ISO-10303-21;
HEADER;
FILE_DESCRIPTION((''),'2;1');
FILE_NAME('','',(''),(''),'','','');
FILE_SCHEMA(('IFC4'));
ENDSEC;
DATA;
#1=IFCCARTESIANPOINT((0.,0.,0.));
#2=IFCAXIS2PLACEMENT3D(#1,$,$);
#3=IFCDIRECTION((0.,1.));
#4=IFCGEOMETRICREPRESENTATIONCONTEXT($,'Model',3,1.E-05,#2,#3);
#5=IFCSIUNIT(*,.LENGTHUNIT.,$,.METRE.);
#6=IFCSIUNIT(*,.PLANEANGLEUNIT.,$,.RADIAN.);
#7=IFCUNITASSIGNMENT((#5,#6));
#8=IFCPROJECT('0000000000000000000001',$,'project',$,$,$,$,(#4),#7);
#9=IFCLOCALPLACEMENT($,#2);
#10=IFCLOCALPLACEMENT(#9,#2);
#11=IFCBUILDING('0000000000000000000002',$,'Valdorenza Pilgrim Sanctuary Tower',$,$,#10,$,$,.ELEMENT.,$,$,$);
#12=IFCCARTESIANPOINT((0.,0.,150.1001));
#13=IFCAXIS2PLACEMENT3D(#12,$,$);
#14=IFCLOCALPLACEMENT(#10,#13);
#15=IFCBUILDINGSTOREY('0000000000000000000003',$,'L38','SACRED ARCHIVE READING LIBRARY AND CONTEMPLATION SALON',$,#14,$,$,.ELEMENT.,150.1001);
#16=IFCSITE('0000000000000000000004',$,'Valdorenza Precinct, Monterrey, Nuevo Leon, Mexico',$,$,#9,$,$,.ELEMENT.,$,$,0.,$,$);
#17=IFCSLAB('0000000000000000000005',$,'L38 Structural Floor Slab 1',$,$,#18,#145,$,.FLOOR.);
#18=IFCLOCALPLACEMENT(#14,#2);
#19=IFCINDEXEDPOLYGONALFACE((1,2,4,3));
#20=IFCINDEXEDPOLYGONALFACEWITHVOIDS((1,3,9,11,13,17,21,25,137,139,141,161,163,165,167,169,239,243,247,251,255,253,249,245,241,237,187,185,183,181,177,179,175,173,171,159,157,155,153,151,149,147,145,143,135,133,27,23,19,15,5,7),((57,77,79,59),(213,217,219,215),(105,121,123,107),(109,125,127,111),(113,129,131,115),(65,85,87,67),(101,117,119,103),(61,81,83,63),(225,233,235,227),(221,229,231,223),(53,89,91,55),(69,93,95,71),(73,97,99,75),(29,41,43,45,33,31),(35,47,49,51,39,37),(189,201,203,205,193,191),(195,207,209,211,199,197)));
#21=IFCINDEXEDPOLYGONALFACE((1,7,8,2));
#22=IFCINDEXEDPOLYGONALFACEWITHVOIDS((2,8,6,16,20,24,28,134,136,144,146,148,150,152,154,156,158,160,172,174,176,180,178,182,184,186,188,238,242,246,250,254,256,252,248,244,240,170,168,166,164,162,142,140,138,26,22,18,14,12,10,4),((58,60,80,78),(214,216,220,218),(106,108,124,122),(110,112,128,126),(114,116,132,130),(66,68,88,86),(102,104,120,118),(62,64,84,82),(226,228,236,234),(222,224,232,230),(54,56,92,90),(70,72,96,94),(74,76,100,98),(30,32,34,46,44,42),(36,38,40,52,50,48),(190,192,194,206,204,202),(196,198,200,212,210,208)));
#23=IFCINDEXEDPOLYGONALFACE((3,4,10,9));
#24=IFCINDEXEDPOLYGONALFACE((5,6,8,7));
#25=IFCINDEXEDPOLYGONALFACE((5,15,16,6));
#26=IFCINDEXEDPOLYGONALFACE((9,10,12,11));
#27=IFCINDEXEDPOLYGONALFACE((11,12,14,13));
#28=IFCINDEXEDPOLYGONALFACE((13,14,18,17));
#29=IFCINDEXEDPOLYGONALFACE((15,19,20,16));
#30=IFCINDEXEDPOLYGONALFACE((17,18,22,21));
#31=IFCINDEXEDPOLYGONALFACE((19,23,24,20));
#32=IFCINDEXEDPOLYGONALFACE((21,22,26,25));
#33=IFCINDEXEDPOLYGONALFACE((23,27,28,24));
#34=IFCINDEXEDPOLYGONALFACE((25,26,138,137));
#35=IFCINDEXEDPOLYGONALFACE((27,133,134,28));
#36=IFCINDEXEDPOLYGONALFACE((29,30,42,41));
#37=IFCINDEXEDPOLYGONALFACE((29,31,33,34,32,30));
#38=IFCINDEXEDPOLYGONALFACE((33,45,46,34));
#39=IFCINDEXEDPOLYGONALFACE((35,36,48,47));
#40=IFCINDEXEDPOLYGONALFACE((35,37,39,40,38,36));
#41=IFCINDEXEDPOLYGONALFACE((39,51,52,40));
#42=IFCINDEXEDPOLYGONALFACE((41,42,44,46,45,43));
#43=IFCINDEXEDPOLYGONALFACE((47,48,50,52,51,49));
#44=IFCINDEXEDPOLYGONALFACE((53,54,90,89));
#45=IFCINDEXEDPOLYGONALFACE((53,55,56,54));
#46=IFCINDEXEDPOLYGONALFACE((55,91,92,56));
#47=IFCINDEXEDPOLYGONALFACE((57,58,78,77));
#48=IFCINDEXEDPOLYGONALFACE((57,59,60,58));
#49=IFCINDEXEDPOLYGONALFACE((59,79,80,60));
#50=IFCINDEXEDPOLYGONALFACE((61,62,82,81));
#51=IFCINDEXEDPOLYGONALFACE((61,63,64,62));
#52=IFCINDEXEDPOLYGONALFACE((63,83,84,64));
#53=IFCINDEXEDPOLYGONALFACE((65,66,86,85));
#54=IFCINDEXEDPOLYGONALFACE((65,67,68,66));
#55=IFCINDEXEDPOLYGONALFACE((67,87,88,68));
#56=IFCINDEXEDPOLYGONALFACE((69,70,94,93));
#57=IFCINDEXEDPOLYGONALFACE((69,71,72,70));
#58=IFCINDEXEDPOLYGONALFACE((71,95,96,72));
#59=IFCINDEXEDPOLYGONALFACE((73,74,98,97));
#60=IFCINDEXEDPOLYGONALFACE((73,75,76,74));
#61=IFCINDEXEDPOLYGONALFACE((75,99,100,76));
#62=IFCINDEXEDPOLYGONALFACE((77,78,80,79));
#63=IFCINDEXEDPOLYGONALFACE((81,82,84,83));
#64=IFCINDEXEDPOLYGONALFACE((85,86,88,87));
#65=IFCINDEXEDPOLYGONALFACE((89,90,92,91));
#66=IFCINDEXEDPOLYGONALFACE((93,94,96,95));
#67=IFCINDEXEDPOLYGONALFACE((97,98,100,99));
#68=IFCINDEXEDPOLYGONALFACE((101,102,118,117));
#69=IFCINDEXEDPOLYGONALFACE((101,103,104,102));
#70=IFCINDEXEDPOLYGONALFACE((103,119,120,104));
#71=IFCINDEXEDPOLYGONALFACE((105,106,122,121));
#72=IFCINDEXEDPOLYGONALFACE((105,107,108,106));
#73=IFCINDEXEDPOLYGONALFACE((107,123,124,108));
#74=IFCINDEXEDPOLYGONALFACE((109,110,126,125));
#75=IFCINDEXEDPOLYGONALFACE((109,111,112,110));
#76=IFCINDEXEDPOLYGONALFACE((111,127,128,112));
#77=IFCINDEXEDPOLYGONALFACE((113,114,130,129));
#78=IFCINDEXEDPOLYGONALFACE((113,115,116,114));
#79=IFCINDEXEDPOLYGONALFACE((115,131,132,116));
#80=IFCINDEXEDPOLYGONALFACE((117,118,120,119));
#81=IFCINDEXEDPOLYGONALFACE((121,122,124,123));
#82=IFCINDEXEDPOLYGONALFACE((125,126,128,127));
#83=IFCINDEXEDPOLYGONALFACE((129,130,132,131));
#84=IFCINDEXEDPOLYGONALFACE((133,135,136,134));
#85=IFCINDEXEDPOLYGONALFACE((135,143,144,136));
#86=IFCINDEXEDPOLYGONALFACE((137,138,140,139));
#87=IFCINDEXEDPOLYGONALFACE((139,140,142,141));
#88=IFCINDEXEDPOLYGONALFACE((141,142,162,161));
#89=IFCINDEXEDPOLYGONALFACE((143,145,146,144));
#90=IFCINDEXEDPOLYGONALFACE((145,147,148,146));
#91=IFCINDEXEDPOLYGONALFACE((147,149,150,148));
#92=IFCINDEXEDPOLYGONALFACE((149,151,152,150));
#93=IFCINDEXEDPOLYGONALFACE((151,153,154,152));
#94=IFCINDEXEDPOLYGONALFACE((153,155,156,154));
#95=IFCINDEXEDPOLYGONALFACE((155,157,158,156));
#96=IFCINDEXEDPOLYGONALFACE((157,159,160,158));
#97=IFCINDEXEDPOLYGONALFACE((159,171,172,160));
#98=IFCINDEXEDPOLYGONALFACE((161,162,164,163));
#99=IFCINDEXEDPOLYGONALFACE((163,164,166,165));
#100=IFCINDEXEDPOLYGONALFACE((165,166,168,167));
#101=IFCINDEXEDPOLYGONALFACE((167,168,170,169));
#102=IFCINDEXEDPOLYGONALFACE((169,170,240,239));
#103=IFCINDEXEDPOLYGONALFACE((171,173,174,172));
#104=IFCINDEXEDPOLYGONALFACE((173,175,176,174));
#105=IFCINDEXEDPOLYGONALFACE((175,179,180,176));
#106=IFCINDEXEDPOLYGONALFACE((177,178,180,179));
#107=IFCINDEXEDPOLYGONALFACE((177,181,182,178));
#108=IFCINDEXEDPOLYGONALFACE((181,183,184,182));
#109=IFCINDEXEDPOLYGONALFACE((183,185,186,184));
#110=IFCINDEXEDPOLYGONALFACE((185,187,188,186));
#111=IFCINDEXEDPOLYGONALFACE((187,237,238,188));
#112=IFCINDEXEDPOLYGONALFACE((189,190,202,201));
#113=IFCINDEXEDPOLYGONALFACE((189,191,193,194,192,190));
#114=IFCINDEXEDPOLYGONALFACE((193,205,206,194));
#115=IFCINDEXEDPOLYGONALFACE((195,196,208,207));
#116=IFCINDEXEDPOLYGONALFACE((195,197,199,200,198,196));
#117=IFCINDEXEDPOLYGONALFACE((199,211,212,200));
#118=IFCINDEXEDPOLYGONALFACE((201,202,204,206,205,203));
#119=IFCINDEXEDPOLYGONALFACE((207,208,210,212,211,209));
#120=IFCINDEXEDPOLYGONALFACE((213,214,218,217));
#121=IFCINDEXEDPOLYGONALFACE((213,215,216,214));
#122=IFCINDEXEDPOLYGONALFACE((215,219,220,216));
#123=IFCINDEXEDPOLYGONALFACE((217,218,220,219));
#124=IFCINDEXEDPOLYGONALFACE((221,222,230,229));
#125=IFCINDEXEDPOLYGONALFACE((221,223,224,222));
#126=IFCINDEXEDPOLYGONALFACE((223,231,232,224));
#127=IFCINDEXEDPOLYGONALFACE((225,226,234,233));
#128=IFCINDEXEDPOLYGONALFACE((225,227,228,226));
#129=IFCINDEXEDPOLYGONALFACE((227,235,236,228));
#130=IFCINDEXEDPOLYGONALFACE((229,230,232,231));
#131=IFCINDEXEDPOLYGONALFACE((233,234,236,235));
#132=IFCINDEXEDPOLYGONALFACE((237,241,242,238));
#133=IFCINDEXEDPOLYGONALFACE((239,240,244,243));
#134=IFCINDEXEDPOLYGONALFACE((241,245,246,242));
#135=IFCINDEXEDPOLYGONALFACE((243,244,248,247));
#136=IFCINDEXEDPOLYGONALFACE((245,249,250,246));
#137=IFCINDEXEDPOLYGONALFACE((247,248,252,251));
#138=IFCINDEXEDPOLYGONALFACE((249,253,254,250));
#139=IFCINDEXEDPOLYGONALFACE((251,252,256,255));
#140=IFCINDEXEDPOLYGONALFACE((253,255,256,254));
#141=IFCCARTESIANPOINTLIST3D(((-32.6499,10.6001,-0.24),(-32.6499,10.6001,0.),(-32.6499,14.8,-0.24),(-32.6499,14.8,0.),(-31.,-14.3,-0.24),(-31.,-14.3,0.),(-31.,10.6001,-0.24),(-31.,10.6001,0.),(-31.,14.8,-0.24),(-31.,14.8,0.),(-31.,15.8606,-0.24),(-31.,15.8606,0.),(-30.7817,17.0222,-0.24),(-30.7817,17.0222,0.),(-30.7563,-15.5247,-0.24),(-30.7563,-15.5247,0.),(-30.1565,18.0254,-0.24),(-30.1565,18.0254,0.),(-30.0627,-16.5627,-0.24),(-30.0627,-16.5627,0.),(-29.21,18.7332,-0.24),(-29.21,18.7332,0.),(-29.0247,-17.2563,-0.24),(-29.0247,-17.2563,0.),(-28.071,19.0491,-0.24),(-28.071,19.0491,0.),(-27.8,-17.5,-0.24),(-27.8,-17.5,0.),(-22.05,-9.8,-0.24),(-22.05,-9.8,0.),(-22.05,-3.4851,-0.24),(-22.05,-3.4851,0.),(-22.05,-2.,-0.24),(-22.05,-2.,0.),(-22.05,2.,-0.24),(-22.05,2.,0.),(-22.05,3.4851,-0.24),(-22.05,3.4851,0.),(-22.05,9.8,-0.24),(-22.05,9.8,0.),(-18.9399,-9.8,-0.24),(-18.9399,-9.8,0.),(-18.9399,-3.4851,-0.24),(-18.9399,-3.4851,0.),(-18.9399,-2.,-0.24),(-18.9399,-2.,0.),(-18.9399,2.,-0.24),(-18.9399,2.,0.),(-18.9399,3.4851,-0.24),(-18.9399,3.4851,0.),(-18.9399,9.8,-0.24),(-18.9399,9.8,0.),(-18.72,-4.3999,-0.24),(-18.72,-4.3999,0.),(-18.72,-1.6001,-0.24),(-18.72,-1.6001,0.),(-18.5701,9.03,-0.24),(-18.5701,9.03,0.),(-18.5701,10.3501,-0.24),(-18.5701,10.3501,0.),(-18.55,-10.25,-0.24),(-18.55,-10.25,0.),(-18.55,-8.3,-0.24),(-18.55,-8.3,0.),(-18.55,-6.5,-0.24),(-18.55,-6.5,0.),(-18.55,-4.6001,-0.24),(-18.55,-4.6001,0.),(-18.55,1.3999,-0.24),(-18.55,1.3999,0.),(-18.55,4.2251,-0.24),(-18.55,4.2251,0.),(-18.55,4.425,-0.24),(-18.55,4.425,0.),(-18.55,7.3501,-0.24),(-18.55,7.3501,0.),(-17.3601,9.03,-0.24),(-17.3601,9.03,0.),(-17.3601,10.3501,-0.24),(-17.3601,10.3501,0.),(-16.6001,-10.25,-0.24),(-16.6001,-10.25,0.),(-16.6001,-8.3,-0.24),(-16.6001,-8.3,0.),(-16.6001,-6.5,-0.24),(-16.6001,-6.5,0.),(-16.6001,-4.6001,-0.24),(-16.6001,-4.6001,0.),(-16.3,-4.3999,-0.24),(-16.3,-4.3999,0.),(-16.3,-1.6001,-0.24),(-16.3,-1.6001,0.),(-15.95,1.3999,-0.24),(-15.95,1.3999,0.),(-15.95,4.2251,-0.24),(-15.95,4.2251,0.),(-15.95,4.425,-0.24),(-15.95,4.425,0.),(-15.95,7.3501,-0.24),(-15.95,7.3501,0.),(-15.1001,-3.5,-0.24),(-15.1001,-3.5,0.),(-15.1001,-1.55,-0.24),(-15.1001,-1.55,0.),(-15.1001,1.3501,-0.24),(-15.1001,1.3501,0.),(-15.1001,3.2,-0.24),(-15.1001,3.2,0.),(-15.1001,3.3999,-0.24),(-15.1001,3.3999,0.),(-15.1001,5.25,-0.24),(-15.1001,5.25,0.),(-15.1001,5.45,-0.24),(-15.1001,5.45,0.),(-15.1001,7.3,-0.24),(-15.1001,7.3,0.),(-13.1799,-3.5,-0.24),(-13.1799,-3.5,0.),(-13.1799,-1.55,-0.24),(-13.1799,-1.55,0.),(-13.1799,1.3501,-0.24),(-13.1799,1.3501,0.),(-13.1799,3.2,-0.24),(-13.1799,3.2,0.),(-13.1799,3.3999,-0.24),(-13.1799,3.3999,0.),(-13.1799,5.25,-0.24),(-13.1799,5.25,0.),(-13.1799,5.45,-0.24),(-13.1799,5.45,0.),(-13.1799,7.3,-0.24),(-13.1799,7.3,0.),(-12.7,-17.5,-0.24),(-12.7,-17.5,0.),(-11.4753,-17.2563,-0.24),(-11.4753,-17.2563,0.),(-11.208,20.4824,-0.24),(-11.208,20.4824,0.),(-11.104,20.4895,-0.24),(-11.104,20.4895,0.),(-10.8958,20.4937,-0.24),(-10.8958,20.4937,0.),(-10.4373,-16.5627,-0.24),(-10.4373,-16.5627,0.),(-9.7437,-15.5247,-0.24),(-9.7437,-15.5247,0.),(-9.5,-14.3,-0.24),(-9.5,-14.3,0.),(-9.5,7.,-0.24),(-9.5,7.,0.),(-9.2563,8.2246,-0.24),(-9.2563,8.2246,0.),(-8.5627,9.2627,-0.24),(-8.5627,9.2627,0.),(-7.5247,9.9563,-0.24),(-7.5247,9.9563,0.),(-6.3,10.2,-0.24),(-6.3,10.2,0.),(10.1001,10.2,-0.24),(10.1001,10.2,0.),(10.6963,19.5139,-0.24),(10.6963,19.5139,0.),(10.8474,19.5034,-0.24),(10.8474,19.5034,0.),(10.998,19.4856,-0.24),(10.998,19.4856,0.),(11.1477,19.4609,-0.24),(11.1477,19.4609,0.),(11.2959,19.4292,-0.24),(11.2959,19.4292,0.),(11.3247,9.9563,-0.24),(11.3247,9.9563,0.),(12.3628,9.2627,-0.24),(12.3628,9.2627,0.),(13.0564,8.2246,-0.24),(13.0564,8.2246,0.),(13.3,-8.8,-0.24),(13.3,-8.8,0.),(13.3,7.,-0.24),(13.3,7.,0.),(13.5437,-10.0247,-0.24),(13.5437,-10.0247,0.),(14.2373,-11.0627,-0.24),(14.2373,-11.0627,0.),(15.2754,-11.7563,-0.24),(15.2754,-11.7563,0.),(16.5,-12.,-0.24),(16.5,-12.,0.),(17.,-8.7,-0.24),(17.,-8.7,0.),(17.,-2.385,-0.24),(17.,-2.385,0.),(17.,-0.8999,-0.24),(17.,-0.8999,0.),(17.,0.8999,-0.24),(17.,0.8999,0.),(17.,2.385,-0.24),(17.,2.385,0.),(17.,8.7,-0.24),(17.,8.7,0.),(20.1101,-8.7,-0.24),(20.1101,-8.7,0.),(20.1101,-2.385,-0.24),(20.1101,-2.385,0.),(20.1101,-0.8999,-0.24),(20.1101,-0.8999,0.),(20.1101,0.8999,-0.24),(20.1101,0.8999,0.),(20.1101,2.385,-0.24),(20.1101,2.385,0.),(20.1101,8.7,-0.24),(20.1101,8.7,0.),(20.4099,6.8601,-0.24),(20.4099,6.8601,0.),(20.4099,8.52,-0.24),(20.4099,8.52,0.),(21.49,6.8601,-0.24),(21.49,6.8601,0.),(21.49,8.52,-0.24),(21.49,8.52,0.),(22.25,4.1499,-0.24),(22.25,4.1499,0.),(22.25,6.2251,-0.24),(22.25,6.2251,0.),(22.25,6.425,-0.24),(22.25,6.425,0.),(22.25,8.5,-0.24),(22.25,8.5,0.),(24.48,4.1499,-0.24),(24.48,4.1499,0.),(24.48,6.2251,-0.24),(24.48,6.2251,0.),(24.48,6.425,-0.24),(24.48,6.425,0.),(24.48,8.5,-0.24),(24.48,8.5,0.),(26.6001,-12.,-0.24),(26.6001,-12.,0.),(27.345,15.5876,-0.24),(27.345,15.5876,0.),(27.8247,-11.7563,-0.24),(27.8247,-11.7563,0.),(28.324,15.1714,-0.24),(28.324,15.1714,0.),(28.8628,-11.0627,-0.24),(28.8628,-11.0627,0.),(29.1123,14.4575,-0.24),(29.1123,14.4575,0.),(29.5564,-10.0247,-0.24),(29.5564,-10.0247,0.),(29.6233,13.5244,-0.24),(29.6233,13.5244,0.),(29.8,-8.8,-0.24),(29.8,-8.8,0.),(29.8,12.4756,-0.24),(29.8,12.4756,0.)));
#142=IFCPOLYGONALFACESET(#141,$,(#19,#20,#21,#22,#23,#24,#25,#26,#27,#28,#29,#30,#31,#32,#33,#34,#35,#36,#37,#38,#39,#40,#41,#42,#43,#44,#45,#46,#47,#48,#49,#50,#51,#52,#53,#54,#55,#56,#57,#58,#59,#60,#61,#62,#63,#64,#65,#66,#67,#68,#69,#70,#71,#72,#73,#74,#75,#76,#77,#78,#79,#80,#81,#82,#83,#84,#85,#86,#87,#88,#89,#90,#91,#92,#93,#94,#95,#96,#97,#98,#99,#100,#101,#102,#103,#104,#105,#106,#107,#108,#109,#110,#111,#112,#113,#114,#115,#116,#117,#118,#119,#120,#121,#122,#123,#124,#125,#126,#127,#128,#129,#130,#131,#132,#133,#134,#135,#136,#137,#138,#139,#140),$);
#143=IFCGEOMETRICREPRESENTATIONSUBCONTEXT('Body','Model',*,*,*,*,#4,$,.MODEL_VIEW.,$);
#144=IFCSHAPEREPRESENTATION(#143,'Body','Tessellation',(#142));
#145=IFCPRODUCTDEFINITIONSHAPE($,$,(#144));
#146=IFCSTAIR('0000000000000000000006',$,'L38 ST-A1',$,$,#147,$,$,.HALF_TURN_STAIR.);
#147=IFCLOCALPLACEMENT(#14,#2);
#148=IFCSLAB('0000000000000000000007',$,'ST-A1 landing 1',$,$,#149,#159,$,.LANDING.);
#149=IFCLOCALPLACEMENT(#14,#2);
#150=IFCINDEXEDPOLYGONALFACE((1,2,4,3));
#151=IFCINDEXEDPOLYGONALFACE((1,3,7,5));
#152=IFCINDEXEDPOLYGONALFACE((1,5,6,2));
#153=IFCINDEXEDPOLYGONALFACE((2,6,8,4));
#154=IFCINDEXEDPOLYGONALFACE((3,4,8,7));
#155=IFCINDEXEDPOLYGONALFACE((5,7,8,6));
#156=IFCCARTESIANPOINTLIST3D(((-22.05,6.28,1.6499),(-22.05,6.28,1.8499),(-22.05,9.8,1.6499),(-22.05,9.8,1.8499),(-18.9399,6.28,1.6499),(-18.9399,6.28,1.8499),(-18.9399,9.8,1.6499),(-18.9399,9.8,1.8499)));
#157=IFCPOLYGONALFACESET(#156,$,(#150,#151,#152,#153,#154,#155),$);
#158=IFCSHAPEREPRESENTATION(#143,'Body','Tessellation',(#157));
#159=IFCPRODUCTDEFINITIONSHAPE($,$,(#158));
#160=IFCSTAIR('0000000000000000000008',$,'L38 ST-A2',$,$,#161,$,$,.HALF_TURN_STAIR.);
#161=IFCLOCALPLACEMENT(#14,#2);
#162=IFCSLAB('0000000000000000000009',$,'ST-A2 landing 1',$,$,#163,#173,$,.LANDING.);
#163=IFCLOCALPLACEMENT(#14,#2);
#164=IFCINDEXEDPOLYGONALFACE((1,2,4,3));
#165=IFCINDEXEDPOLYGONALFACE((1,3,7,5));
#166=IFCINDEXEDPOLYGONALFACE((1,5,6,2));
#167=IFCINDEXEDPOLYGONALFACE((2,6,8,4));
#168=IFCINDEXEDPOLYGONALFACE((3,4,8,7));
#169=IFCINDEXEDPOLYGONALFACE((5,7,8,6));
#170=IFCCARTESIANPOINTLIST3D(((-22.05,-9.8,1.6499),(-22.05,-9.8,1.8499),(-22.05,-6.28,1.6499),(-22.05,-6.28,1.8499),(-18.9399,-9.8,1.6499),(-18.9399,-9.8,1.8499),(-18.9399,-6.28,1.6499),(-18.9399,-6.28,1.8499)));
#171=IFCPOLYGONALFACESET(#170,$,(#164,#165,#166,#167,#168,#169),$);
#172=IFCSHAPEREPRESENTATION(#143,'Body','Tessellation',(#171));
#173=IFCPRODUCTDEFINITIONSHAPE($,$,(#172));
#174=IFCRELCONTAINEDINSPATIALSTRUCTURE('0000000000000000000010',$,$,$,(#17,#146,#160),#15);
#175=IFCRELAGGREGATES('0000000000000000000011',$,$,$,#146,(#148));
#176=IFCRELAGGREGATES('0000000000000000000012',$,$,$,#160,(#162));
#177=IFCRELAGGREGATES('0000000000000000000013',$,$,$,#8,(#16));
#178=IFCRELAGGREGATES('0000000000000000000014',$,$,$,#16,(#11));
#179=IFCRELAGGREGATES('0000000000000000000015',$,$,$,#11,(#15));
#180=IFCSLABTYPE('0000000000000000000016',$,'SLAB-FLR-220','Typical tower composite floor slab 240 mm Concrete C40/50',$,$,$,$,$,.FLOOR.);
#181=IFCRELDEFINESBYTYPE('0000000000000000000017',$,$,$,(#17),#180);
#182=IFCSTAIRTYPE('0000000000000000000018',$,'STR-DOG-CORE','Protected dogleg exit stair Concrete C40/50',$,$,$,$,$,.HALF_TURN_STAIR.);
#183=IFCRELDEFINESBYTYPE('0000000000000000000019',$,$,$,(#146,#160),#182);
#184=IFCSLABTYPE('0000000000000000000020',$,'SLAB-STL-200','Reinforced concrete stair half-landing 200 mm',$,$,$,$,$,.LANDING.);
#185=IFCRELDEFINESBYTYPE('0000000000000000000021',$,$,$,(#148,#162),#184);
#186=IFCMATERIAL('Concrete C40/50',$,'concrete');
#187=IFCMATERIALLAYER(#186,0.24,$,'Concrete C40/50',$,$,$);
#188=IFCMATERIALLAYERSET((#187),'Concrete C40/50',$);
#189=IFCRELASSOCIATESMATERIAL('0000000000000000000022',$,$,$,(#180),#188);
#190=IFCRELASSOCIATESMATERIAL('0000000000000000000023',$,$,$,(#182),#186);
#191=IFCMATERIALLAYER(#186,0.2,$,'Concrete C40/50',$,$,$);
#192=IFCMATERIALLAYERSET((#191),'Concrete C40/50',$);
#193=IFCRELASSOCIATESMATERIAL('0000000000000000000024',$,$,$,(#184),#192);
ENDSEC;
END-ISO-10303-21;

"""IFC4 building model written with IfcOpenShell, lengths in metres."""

from ifc_helpers import new_model, si_unit, direction, frame, origin, place, context, subcontext, project, spatial, polyline, outline, extrude, material, layer, layer_set, type_object, element, aggregate, save


model = new_model("IFC4")

# Units and contexts
model_context = context("Model", 3, precision=1e-05, world=origin(), true_north=direction((0.0, 1.0)))
body_context = subcontext(model_context, "Body", "Model", "MODEL_VIEW")
ifc_project = project(units=[si_unit("LENGTHUNIT", "METRE"), si_unit("PLANEANGLEUNIT", "RADIAN")], contexts=[model_context])

# Site, building, storey
site_placement = place(None, origin())
site = spatial("IfcSite", under=ifc_project, at=site_placement, Name="Valdorenza Precinct, Monterrey, Nuevo Leon, Mexico", CompositionType="ELEMENT", RefElevation=0.0)
building_placement = place(site_placement, origin())
building = spatial("IfcBuilding", under=site, at=building_placement, Name="Valdorenza Pilgrim Sanctuary Tower", CompositionType="ELEMENT")
storey_placement = place(building_placement, frame((0.0, 0.0, 150.1001)))
storey = spatial("IfcBuildingStorey", under=building, at=storey_placement, Name="L38", Description="SACRED ARCHIVE READING LIBRARY AND CONTEMPLATION SALON", CompositionType="ELEMENT", Elevation=150.1001)

# Slab
ifc_material_1 = material(Name="Concrete C40/50", Category="concrete")
ifc_layer_1 = layer(ifc_material_1, 0.24, Name="Concrete C40/50")
ifc_layer_set_1 = layer_set([ifc_layer_1], Name="Concrete C40/50")
slab_type_1 = type_object("IfcSlabType", Name="SLAB-FLR-220", Description="Typical tower composite floor slab 240 mm Concrete C40/50", PredefinedType="FLOOR", material=ifc_layer_set_1)
slab_1_placement = place(storey_placement, frame((0.0, 0.0, -0.24)))
element("IfcSlab", 1, at=slab_1_placement, inside=storey, type_object=slab_type_1, Name="L38 Structural Floor Slab 1", PredefinedType="FLOOR", context=body_context, shape_type="SweptSolid", body=[
    extrude(outline(polyline([(-30.7817, 17.0222), (-30.1565, 18.0254), (-29.21, 18.7332), (-28.071, 19.0491), (-11.208, 20.4824), (-11.104, 20.4895), (-10.8958, 20.4937), (10.6963, 19.5139), (10.8474, 19.5034), (10.998, 19.4856), (11.1477, 19.4609), (11.2959, 19.4292), (27.345, 15.5876), (28.324, 15.1714), (29.1123, 14.4575), (29.6233, 13.5244), (29.8, 12.4756), (29.8, -8.8), (29.5564, -10.0247), (28.8628, -11.0627), (27.8247, -11.7563), (26.6001, -12.0), (16.5, -12.0), (15.2754, -11.7563), (14.2373, -11.0627), (13.5437, -10.0247), (13.3, -8.8), (13.3, 7.0), (13.0564, 8.2246), (12.3628, 9.2627), (11.3247, 9.9563), (10.1001, 10.2), (-6.3, 10.2), (-7.5247, 9.9563), (-8.5627, 9.2627), (-9.2563, 8.2246), (-9.5, 7.0), (-9.5, -14.3), (-9.7437, -15.5247), (-10.4373, -16.5627), (-11.4753, -17.2563), (-12.7, -17.5), (-27.8, -17.5), (-29.0247, -17.2563), (-30.0627, -16.5627), (-30.7563, -15.5247), (-31.0, -14.3), (-31.0, 10.6001), (-32.6499, 10.6001), (-32.6499, 14.8), (-31.0, 14.8), (-31.0, 15.8606), (-30.7817, 17.0222)]), holes=[polyline([(-16.6001, -10.25), (-16.6001, -8.3), (-18.55, -8.3), (-18.55, -10.25), (-16.6001, -10.25)]), polyline([(-22.05, -9.8), (-18.9399, -9.8), (-18.9399, -3.4851), (-18.9399, -2.0), (-22.05, -2.0), (-22.05, -3.4851), (-22.05, -9.8)]), polyline([(-16.6001, -6.5), (-16.6001, -4.6001), (-18.55, -4.6001), (-18.55, -6.5), (-16.6001, -6.5)]), polyline([(-18.72, -4.3999), (-16.3, -4.3999), (-16.3, -1.6001), (-18.72, -1.6001), (-18.72, -4.3999)]), polyline([(-13.1799, 1.3501), (-13.1799, 3.2), (-15.1001, 3.2), (-15.1001, 1.3501), (-13.1799, 1.3501)]), polyline([(-22.05, 2.0), (-18.9399, 2.0), (-18.9399, 3.4851), (-18.9399, 9.8), (-22.05, 9.8), (-22.05, 3.4851), (-22.05, 2.0)]), polyline([(-15.95, 1.3999), (-15.95, 4.2251), (-18.55, 4.2251), (-18.55, 1.3999), (-15.95, 1.3999)]), polyline([(-18.55, 4.425), (-15.95, 4.425), (-15.95, 7.3501), (-18.55, 7.3501), (-18.55, 4.425)]), polyline([(-17.3601, 9.03), (-17.3601, 10.3501), (-18.5701, 10.3501), (-18.5701, 9.03), (-17.3601, 9.03)]), polyline([(17.0, -8.7), (20.1101, -8.7), (20.1101, -2.385), (20.1101, -0.8999), (17.0, -0.8999), (17.0, -2.385), (17.0, -8.7)]), polyline([(-13.1799, -3.5), (-13.1799, -1.55), (-15.1001, -1.55), (-15.1001, -3.5), (-13.1799, -3.5)]), polyline([(17.0, 0.8999), (20.1101, 0.8999), (20.1101, 2.385), (20.1101, 8.7), (17.0, 8.7), (17.0, 2.385), (17.0, 0.8999)]), polyline([(-13.1799, 3.3999), (-13.1799, 5.25), (-15.1001, 5.25), (-15.1001, 3.3999), (-13.1799, 3.3999)]), polyline([(22.25, 4.1499), (24.48, 4.1499), (24.48, 6.2251), (22.25, 6.2251), (22.25, 4.1499)]), polyline([(-13.1799, 5.45), (-13.1799, 7.3), (-15.1001, 7.3), (-15.1001, 5.45), (-13.1799, 5.45)]), polyline([(22.25, 6.425), (24.48, 6.425), (24.48, 8.5), (22.25, 8.5), (22.25, 6.425)]), polyline([(20.4099, 6.8601), (21.49, 6.8601), (21.49, 8.52), (20.4099, 8.52), (20.4099, 6.8601)])]), origin(), (0.0, 0.0, 1.0), 0.24),
])

# Stairs, slabs
stair_type = type_object("IfcStairType", Name="STR-DOG-CORE", Description="Protected dogleg exit stair Concrete C40/50", PredefinedType="HALF_TURN_STAIR", material=ifc_material_1)
stair_1_placement = place(storey_placement, origin())
stair_1 = element("IfcStair", 2, at=stair_1_placement, inside=storey, type_object=stair_type, Name="L38 ST-A1", PredefinedType="HALF_TURN_STAIR")
ifc_layer_2 = layer(ifc_material_1, 0.2, Name="Concrete C40/50")
ifc_layer_set_2 = layer_set([ifc_layer_2], Name="Concrete C40/50")
slab_type_2 = type_object("IfcSlabType", Name="SLAB-STL-200", Description="Reinforced concrete stair half-landing 200 mm", PredefinedType="LANDING", material=ifc_layer_set_2)
slab_2_placement = place(storey_placement, frame((0.0, 0.0, 1.6499)))
slab_2 = element("IfcSlab", 3, at=slab_2_placement, type_object=slab_type_2, Name="ST-A1 landing 1", PredefinedType="LANDING", context=body_context, shape_type="SweptSolid", body=[
    extrude(outline(polyline([(-18.9399, 6.28), (-18.9399, 9.8), (-22.05, 9.8), (-22.05, 6.28), (-18.9399, 6.28)])), origin(), (0.0, 0.0, 1.0), 0.2),
])
aggregate(stair_1, [slab_2])
stair_2_placement = place(storey_placement, origin())
stair_2 = element("IfcStair", 4, at=stair_2_placement, inside=storey, type_object=stair_type, Name="L38 ST-A2", PredefinedType="HALF_TURN_STAIR")
slab_3_placement = place(storey_placement, frame((0.0, 0.0, 1.6499)))
slab_3 = element("IfcSlab", 5, at=slab_3_placement, type_object=slab_type_2, Name="ST-A2 landing 1", PredefinedType="LANDING", context=body_context, shape_type="SweptSolid", body=[
    extrude(outline(polyline([(-22.05, -6.28), (-22.05, -9.8), (-18.9399, -9.8), (-18.9399, -6.28), (-22.05, -6.28)])), origin(), (0.0, 0.0, 1.0), 0.2),
])
aggregate(stair_2, [slab_3])

save(model, "model.ifc")
